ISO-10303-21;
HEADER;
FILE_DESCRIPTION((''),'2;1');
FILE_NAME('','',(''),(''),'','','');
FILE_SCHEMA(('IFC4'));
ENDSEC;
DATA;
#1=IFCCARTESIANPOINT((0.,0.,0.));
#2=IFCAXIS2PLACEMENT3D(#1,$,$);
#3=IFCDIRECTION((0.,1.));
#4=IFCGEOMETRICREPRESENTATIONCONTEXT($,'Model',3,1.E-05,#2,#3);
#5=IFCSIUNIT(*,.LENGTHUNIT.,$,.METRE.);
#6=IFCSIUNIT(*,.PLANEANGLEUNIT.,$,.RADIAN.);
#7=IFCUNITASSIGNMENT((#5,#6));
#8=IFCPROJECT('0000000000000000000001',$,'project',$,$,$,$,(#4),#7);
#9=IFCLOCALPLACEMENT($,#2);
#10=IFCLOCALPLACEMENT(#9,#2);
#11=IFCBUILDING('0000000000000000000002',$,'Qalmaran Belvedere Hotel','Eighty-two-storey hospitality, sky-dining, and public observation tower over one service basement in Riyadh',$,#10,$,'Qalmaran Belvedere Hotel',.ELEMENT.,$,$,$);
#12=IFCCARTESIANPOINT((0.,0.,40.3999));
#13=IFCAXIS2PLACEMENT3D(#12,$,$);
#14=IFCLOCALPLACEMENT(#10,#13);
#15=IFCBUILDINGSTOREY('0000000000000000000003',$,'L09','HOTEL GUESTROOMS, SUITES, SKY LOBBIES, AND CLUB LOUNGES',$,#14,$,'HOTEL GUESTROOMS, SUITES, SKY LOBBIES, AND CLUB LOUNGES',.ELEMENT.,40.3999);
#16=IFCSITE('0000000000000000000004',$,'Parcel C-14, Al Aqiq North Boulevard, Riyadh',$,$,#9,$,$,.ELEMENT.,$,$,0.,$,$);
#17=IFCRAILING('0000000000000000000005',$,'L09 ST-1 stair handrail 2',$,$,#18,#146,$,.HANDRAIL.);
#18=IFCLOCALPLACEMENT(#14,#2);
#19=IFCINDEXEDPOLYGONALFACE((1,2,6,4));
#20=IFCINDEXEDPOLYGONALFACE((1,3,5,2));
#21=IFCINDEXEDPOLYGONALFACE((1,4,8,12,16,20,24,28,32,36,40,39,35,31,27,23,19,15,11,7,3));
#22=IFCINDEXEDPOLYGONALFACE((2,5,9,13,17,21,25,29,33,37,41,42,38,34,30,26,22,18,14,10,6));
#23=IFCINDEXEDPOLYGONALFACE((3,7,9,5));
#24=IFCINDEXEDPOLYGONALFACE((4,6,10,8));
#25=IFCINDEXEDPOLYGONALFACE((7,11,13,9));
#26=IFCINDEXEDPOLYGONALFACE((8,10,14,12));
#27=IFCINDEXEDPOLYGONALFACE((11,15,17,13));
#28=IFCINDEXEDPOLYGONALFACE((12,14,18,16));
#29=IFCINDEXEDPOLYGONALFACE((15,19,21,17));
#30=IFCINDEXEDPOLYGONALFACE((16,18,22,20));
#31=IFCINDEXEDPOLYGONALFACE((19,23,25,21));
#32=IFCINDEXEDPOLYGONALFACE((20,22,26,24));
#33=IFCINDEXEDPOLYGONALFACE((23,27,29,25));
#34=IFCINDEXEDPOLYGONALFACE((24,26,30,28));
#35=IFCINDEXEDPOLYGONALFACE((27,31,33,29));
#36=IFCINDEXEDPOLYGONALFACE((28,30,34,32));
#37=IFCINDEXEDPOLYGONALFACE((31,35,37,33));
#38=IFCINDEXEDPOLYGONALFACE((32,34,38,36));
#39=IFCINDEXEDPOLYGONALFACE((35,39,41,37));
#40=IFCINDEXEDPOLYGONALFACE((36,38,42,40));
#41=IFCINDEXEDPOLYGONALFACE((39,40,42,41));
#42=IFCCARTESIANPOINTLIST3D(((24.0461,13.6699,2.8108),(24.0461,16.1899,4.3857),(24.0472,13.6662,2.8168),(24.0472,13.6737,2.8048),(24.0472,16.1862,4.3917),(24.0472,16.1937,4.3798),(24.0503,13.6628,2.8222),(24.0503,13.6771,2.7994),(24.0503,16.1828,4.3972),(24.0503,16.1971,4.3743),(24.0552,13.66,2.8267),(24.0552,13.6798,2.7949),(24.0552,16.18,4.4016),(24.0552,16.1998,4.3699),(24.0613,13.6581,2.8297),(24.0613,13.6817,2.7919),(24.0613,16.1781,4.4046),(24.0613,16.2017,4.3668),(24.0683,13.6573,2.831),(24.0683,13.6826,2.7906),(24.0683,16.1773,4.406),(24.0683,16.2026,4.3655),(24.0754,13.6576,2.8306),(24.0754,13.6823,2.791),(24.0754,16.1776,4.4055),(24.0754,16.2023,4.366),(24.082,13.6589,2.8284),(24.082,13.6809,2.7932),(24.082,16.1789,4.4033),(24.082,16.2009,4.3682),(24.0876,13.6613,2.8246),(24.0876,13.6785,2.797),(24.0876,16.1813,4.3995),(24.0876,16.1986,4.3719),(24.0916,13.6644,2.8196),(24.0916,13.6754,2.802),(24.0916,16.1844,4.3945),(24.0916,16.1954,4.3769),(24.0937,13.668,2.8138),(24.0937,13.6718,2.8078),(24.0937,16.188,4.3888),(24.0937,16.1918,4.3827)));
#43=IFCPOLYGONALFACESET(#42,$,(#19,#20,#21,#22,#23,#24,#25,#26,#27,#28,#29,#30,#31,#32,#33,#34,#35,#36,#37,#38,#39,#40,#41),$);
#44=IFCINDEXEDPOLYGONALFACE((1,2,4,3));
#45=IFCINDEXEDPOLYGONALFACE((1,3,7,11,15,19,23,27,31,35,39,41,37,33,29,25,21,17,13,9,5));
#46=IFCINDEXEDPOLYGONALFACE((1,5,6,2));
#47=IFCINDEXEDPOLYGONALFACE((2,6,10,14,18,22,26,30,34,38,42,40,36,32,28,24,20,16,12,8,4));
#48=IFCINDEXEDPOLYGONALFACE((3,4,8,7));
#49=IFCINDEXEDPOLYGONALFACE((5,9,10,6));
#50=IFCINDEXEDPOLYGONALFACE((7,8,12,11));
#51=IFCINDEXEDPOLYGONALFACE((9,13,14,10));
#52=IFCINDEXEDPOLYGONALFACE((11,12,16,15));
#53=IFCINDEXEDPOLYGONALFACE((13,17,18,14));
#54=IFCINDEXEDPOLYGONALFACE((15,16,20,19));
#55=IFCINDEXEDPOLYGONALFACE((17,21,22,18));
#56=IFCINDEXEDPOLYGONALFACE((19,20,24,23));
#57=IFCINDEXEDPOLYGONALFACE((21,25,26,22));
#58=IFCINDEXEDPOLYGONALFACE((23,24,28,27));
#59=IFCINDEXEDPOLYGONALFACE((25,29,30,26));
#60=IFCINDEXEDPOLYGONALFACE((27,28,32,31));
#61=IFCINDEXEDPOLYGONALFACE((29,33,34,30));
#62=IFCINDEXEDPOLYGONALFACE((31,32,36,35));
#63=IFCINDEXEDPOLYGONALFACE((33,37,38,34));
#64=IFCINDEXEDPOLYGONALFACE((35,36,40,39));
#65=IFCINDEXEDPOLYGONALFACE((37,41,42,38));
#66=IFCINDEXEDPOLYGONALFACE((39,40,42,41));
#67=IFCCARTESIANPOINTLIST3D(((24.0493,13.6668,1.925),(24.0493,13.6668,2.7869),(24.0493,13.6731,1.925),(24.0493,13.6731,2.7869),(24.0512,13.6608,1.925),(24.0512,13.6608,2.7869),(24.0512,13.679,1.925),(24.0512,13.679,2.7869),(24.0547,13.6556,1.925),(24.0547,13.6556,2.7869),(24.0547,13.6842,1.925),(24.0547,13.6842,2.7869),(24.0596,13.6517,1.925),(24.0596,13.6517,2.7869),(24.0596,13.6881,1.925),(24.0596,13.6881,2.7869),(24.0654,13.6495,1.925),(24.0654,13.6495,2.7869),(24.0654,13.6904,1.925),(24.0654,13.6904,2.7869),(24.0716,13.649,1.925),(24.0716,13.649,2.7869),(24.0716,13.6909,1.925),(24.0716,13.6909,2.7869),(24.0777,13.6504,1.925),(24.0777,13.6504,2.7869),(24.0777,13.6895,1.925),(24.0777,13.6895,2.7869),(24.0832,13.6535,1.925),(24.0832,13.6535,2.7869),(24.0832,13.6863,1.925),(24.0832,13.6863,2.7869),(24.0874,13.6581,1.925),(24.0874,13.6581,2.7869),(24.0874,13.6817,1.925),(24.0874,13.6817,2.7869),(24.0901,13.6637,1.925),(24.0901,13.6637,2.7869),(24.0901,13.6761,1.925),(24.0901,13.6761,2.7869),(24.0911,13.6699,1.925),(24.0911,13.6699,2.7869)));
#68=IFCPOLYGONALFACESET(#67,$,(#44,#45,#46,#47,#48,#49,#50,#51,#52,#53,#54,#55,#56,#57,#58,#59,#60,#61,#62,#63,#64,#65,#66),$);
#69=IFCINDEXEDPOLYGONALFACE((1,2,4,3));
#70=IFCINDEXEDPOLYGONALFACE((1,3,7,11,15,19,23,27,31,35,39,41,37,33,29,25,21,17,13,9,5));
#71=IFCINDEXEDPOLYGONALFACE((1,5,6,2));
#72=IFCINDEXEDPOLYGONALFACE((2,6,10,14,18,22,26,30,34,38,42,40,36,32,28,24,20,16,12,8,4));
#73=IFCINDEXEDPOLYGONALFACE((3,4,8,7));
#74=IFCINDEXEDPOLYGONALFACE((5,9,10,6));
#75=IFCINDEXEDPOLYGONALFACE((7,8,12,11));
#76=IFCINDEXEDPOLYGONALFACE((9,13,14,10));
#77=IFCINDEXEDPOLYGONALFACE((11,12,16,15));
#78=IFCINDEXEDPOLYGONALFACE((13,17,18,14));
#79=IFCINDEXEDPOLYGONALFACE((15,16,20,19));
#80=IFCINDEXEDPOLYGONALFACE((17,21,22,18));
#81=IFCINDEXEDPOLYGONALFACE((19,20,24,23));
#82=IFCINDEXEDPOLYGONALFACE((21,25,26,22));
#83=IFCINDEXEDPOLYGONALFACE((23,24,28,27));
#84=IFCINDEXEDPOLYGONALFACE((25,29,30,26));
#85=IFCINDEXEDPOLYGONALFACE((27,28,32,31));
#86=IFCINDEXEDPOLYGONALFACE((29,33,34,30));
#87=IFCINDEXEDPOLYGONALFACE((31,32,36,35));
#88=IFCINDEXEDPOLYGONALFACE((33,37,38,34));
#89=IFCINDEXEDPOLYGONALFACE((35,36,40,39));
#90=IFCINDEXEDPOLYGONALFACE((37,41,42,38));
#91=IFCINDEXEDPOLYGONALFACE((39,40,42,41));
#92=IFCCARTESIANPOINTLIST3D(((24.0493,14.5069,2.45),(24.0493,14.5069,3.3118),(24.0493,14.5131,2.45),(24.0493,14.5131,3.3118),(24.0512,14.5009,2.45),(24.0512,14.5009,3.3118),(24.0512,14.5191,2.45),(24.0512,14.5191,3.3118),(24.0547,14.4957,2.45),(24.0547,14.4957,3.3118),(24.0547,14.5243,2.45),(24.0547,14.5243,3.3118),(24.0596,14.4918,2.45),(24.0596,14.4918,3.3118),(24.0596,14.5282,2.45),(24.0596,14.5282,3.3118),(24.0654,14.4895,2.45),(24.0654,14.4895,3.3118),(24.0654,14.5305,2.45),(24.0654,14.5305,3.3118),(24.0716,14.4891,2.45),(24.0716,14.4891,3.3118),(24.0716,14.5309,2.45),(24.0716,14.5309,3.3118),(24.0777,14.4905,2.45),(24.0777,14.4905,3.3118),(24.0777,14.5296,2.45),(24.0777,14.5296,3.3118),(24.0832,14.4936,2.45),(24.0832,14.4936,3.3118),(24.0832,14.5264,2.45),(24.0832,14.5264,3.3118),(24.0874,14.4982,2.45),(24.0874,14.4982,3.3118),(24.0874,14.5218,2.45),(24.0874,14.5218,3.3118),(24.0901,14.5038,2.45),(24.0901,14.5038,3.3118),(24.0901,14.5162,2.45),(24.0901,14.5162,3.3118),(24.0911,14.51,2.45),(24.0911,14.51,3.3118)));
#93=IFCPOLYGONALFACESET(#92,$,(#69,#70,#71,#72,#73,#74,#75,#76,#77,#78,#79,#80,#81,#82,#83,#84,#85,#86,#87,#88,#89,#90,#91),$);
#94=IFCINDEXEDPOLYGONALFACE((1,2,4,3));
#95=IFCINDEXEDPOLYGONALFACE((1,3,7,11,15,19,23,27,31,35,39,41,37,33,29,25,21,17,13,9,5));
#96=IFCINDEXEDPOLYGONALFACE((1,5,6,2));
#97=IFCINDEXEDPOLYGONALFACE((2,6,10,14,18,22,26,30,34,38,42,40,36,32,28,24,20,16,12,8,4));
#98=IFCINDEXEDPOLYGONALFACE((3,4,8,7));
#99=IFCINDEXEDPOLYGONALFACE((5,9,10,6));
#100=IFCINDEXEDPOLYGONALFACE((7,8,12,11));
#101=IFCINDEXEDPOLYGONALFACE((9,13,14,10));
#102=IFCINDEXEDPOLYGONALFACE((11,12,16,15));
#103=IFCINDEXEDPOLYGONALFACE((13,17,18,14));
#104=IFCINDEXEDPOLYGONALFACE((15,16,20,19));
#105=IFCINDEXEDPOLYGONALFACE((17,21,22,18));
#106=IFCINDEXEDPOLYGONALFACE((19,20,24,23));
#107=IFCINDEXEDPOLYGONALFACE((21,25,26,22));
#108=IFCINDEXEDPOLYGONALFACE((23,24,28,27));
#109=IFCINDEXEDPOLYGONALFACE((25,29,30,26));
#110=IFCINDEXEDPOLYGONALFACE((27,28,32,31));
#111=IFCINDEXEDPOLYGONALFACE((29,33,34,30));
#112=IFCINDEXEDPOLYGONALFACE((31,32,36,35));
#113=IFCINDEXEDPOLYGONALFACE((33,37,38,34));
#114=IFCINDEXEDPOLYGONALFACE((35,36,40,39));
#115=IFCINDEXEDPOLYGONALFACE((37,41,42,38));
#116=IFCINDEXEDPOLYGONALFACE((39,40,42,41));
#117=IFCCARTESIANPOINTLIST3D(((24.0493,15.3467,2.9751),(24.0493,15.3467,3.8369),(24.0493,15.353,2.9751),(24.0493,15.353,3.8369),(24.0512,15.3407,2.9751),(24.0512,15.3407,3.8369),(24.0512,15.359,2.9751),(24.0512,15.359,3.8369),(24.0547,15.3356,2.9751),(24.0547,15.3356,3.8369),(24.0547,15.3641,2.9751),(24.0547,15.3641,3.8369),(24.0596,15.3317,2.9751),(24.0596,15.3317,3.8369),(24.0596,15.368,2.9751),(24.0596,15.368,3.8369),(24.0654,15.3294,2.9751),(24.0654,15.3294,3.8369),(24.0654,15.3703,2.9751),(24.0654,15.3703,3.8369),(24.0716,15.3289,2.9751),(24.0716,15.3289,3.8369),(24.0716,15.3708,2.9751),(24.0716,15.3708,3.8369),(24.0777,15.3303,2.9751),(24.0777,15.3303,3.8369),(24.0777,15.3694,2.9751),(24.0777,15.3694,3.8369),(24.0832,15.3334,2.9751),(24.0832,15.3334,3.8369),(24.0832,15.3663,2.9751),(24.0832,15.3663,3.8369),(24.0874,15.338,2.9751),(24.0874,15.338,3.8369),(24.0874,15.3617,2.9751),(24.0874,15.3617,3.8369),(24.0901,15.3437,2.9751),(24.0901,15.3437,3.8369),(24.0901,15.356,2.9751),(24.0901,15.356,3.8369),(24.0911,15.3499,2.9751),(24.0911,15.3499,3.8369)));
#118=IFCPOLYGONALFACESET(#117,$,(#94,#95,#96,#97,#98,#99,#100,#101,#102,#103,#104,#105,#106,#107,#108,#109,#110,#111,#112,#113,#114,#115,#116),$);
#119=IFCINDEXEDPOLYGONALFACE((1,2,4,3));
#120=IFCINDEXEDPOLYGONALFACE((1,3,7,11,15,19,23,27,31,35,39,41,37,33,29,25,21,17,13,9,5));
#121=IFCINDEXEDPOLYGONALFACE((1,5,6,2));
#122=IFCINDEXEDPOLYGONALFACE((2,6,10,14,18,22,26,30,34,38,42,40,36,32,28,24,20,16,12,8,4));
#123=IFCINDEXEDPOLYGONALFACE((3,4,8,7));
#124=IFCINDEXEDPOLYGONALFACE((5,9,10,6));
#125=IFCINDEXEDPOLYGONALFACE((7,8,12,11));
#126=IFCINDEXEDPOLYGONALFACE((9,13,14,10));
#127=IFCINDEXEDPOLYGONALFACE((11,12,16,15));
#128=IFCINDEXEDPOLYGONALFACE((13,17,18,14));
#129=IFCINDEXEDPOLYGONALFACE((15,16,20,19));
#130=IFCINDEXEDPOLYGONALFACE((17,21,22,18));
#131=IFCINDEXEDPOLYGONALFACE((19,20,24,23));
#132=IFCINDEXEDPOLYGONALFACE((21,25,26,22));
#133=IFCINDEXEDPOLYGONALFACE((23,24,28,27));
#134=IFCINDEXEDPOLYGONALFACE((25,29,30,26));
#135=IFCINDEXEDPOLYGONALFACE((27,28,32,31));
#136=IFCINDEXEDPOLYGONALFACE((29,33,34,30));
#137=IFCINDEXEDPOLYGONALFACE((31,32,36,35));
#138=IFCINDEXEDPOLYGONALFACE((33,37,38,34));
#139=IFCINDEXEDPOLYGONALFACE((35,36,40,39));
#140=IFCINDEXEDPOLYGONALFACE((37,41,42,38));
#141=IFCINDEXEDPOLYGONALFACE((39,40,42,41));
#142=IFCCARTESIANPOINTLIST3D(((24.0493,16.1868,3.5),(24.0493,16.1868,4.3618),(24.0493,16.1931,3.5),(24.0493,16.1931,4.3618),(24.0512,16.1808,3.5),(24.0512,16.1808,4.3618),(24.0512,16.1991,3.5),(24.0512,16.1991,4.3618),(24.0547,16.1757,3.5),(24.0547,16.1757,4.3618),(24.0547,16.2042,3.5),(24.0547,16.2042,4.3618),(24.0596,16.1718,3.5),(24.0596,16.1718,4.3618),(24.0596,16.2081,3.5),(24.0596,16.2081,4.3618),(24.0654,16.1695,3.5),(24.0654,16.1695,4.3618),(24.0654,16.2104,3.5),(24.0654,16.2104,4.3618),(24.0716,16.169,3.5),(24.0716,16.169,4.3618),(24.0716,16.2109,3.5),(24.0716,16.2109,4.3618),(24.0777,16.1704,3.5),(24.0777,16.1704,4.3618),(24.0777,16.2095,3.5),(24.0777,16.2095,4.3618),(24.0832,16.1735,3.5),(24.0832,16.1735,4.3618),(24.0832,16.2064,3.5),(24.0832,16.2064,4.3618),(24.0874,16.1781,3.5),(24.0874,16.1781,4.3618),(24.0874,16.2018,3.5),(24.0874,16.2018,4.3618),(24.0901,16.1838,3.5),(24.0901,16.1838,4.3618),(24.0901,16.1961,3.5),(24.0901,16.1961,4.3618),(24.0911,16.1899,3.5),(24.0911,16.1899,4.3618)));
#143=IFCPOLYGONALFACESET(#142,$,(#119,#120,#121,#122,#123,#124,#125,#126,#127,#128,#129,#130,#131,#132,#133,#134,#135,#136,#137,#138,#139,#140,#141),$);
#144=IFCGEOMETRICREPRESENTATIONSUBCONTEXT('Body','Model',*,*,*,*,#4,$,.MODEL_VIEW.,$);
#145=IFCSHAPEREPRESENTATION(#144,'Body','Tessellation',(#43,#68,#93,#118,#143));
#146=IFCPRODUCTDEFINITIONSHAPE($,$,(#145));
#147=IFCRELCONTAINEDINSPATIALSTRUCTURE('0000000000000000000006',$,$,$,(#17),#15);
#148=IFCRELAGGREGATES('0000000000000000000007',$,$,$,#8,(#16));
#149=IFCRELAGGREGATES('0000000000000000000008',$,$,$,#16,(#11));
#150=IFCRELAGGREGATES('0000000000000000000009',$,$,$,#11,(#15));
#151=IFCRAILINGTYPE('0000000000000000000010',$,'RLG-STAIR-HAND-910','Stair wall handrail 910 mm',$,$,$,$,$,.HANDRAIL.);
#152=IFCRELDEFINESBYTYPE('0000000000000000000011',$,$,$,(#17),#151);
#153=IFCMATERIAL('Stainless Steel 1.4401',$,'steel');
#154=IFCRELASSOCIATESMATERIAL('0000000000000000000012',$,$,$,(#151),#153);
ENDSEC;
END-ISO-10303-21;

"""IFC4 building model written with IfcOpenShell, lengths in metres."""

from ifc_helpers import new_model, si_unit, direction, frame, origin, origin_2d, place, context, subcontext, project, spatial, circle, extrude, material, type_object, element, save


model = new_model("IFC4")

# Units and contexts
model_context = context("Model", 3, precision=1e-05, world=origin(), true_north=direction((0.0, 1.0)))
body_context = subcontext(model_context, "Body", "Model", "MODEL_VIEW")
ifc_project = project(units=[si_unit("LENGTHUNIT", "METRE"), si_unit("PLANEANGLEUNIT", "RADIAN")], contexts=[model_context])

# Site, building, storey
site_placement = place(None, origin())
site = spatial("IfcSite", under=ifc_project, at=site_placement, Name="Parcel C-14, Al Aqiq North Boulevard, Riyadh", CompositionType="ELEMENT", RefElevation=0.0)
building_placement = place(site_placement, origin())
building = spatial("IfcBuilding", under=site, at=building_placement, Name="Qalmaran Belvedere Hotel", Description="Eighty-two-storey hospitality, sky-dining, and public observation tower over one service basement in Riyadh", LongName="Qalmaran Belvedere Hotel", CompositionType="ELEMENT")
storey_placement = place(building_placement, frame((0.0, 0.0, 40.3999)))
storey = spatial("IfcBuildingStorey", under=building, at=storey_placement, Name="L09", Description="HOTEL GUESTROOMS, SUITES, SKY LOBBIES, AND CLUB LOUNGES", LongName="HOTEL GUESTROOMS, SUITES, SKY LOBBIES, AND CLUB LOUNGES", CompositionType="ELEMENT", Elevation=40.3999)

# Railing
ifc_material_1 = material(Name="Stainless Steel 1.4401", Category="steel")
railing_type_1 = type_object("IfcRailingType", Name="RLG-STAIR-HAND-910", Description="Stair wall handrail 910 mm", PredefinedType="HANDRAIL", material=ifc_material_1)
railing_1_placement = place(storey_placement, frame((24.0701, 13.6699, 1.925)))
element("IfcRailing", 1, at=railing_1_placement, inside=storey, type_object=railing_type_1, Name="L09 ST-1 stair handrail 2", PredefinedType="HANDRAIL", context=body_context, shape_type="SweptSolid", body=[
    extrude(circle(Radius=0.0239, at=origin_2d()), frame((0.0, 0.0, 0.8857), z_axis=(0.0, 0.848008, 0.529984), x_axis=(-1.0, 0.0, 0.0)), (0.0, 0.0, 1.0), 2.9717),
    extrude(circle(Radius=0.021, at=origin_2d()), origin(), (0.0, 0.0, 1.0), 0.8618),
    extrude(circle(Radius=0.021, at=origin_2d()), frame((0.0, 0.8401, 0.5249)), (0.0, 0.0, 1.0), 0.8618),
    extrude(circle(Radius=0.021, at=origin_2d()), frame((0.0, 1.6799, 1.05)), (0.0, 0.0, 1.0), 0.8618),
    extrude(circle(Radius=0.021, at=origin_2d()), frame((0.0, 2.52, 1.575)), (0.0, 0.0, 1.0), 0.8618),
])

save(model, "model.ifc")
